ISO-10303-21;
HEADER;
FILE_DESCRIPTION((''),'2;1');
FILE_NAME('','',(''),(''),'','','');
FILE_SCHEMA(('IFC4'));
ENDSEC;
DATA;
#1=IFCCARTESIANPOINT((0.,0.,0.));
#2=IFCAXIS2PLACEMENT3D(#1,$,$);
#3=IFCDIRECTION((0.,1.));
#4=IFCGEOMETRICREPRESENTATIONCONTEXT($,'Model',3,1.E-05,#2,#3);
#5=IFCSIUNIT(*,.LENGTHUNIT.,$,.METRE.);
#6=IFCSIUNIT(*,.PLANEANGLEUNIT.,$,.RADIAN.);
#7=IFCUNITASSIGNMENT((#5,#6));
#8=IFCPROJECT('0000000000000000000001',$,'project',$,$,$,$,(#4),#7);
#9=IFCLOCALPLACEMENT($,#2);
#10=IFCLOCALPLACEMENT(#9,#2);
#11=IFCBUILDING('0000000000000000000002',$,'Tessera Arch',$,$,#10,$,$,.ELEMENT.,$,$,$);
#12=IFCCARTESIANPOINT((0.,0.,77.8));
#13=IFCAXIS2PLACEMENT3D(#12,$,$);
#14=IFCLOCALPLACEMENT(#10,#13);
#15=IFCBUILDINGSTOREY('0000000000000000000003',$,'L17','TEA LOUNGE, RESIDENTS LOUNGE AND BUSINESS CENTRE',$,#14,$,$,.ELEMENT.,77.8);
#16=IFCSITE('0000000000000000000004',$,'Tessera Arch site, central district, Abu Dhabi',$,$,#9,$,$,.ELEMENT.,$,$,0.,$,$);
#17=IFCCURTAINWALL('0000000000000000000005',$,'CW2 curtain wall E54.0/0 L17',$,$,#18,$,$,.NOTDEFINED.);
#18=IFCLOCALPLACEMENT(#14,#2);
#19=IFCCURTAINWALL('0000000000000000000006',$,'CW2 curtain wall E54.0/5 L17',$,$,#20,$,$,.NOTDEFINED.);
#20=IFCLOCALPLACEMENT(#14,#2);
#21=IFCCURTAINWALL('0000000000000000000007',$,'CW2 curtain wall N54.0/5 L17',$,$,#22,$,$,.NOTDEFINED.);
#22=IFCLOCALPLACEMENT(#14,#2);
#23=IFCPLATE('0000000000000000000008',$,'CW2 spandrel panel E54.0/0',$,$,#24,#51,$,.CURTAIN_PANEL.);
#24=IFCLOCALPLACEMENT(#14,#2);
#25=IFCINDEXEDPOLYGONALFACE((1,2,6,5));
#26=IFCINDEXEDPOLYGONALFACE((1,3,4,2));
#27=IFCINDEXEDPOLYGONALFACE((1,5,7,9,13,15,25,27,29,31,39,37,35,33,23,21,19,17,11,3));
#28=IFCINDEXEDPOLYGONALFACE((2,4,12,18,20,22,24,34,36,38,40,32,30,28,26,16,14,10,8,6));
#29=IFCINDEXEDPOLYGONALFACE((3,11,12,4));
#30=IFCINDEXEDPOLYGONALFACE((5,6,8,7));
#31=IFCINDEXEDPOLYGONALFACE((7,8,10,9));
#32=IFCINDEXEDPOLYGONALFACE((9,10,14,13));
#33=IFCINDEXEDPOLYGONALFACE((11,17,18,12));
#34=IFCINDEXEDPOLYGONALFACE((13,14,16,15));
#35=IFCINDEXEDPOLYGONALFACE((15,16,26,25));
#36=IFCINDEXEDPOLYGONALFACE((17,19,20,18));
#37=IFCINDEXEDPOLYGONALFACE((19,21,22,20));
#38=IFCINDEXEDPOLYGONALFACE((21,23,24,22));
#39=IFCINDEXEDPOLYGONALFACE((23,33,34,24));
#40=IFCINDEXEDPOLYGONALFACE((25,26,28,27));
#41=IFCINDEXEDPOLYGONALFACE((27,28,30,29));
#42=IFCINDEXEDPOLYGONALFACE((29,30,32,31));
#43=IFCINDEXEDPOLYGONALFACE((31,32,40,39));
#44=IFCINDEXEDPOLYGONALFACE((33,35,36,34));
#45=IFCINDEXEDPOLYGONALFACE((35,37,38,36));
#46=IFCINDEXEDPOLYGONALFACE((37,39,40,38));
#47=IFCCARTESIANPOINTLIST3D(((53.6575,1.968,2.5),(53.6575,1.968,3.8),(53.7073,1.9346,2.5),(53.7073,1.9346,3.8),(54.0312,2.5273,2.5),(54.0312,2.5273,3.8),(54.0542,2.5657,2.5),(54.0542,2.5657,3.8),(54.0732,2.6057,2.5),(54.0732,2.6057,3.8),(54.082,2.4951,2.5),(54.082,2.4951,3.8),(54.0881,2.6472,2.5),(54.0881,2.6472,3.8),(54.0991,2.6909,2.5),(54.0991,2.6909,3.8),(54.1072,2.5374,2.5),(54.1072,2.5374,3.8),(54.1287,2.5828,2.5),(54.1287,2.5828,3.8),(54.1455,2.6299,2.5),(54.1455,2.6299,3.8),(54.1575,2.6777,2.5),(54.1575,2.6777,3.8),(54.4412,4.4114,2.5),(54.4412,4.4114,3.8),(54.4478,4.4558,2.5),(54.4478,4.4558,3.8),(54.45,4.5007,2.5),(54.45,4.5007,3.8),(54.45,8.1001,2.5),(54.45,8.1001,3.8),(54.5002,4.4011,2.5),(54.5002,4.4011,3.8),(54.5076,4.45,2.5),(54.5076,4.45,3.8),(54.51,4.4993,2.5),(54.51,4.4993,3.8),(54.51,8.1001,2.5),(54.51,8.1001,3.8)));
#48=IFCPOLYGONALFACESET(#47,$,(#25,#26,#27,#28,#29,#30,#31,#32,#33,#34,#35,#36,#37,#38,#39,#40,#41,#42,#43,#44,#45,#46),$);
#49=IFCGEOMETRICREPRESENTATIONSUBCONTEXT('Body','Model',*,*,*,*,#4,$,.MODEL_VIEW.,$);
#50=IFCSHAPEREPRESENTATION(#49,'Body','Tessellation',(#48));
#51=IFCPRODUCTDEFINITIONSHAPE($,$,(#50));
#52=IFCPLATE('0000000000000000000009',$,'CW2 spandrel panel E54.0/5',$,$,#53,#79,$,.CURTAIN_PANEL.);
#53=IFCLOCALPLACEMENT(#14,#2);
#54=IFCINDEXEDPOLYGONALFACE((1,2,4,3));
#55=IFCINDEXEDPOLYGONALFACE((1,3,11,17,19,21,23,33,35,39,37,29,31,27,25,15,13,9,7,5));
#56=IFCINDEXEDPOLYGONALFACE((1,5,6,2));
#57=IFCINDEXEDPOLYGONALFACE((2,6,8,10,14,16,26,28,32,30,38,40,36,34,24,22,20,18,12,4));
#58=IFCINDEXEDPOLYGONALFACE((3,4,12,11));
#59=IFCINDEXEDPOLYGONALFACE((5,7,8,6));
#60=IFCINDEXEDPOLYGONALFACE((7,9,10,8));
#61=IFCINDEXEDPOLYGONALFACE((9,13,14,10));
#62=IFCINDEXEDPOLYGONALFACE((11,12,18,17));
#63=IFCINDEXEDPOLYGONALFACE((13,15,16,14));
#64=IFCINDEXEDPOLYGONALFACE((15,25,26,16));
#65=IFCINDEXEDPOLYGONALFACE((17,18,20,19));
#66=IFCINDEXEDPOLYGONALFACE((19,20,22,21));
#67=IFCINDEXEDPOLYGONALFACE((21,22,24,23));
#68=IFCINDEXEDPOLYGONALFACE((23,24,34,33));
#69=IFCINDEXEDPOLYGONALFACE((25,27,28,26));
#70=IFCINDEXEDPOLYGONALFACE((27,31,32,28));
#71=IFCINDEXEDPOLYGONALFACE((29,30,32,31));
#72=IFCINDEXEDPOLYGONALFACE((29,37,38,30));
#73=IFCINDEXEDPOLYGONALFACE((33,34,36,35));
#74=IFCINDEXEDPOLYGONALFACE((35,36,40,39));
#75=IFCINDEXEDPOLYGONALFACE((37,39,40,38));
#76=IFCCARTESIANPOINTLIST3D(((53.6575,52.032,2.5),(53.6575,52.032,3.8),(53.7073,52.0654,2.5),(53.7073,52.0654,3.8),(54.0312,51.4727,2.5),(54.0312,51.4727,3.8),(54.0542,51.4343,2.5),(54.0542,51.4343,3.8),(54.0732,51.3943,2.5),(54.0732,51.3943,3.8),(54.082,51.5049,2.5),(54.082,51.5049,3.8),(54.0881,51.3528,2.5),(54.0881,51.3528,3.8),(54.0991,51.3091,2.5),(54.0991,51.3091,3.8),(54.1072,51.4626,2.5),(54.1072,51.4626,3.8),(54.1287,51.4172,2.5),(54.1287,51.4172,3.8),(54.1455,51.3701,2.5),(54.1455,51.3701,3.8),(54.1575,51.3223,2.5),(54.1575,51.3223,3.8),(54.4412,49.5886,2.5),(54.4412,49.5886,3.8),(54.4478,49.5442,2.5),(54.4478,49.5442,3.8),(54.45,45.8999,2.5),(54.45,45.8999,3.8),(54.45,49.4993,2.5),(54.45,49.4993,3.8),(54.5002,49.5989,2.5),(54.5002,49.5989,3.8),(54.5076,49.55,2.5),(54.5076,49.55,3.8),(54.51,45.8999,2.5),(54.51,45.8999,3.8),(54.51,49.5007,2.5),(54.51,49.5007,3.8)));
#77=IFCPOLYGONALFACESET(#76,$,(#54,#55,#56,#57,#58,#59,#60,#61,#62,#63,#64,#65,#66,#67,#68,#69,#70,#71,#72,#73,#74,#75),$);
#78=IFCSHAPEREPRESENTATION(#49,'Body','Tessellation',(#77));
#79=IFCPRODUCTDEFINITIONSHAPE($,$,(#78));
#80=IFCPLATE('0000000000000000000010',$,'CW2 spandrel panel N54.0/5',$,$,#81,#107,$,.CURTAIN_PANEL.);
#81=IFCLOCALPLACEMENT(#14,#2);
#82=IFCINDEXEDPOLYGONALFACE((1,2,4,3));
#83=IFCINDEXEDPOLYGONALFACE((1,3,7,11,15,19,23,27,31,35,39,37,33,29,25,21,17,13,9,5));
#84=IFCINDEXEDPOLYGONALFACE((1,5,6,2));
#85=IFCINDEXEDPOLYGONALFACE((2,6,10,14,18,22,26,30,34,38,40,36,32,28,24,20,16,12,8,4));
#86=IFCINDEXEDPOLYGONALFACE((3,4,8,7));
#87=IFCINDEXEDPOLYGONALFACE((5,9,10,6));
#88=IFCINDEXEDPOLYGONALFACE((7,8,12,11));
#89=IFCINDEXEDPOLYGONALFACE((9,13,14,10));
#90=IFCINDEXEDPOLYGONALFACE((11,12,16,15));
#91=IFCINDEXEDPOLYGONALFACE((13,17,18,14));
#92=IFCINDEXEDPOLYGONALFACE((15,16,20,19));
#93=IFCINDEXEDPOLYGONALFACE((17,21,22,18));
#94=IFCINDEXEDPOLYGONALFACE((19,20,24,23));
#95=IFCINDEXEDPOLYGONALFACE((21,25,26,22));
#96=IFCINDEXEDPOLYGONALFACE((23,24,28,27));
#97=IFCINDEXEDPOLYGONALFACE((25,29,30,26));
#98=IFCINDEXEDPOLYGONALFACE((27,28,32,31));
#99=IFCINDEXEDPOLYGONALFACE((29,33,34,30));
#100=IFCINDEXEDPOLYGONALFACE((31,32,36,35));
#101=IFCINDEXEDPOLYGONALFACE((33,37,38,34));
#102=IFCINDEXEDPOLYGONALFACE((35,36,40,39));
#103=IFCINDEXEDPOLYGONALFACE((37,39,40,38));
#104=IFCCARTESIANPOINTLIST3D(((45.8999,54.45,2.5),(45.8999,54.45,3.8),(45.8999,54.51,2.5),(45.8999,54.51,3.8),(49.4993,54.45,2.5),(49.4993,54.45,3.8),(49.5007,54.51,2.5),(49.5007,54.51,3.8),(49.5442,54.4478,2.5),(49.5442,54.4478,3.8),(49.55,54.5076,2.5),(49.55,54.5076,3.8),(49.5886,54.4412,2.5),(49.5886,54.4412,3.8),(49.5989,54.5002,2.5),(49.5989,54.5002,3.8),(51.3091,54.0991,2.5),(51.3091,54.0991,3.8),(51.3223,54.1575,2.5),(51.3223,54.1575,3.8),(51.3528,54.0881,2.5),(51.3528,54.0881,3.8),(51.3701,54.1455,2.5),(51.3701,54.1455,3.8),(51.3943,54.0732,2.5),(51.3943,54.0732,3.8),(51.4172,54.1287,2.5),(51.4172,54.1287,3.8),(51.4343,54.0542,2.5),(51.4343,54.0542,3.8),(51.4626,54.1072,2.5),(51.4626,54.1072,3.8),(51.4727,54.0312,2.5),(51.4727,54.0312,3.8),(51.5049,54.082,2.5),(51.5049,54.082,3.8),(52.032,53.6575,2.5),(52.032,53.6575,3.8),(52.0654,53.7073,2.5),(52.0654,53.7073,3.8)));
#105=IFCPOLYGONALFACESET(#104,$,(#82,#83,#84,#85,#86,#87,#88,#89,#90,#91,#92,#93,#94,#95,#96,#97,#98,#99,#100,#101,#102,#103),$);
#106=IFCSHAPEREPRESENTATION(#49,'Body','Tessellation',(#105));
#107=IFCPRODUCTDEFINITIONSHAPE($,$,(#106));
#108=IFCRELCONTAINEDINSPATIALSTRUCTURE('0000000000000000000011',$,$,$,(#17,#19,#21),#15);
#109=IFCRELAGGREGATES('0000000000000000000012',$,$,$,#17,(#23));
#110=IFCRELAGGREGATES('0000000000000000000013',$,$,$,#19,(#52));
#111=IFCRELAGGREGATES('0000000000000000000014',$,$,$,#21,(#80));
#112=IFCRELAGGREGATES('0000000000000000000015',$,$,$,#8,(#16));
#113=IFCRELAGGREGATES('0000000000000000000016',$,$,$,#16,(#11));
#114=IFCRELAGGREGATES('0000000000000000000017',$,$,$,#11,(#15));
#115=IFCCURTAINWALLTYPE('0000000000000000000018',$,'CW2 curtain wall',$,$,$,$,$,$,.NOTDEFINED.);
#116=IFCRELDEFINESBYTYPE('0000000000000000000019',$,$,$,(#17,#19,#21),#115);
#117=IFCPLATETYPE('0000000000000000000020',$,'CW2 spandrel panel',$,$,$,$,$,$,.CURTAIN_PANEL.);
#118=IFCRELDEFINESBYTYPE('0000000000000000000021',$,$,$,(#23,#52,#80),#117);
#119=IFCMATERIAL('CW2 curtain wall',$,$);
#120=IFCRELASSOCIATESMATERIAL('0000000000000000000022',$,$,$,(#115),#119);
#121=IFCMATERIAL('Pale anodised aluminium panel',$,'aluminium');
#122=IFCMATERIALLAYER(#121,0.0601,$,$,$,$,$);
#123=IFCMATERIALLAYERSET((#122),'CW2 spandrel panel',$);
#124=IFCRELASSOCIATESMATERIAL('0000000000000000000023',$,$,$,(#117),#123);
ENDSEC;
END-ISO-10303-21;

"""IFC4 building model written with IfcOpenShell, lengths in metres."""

from ifc_helpers import new_model, si_unit, direction, frame, origin, place, context, subcontext, project, spatial, polyline, outline, extrude, material, layer, layer_set, type_object, element, aggregate, save


model = new_model("IFC4")

# Units and contexts
model_context = context("Model", 3, precision=1e-05, world=origin(), true_north=direction((0.0, 1.0)))
body_context = subcontext(model_context, "Body", "Model", "MODEL_VIEW")
ifc_project = project(units=[si_unit("LENGTHUNIT", "METRE"), si_unit("PLANEANGLEUNIT", "RADIAN")], contexts=[model_context])

# Site, building, storey
site_placement = place(None, origin())
site = spatial("IfcSite", under=ifc_project, at=site_placement, Name="Tessera Arch site, central district, Abu Dhabi", CompositionType="ELEMENT", RefElevation=0.0)
building_placement = place(site_placement, origin())
building = spatial("IfcBuilding", under=site, at=building_placement, Name="Tessera Arch", CompositionType="ELEMENT")
storey_placement = place(building_placement, frame((0.0, 0.0, 77.8)))
storey = spatial("IfcBuildingStorey", under=building, at=storey_placement, Name="L17", Description="TEA LOUNGE, RESIDENTS LOUNGE AND BUSINESS CENTRE", CompositionType="ELEMENT", Elevation=77.8)

# Curtain walls
ifc_material_1 = material(Name="CW2 curtain wall")
curtain_wall_type = type_object("IfcCurtainWallType", Name="CW2 curtain wall", PredefinedType="NOTDEFINED", material=ifc_material_1)
curtain_wall_1_placement = place(storey_placement, origin())
curtain_wall_1 = element("IfcCurtainWall", 1, at=curtain_wall_1_placement, inside=storey, type_object=curtain_wall_type, Name="CW2 curtain wall E54.0/0 L17", PredefinedType="NOTDEFINED")
curtain_wall_2_placement = place(storey_placement, origin())
curtain_wall_2 = element("IfcCurtainWall", 2, at=curtain_wall_2_placement, inside=storey, type_object=curtain_wall_type, Name="CW2 curtain wall E54.0/5 L17", PredefinedType="NOTDEFINED")
curtain_wall_3_placement = place(storey_placement, origin())
curtain_wall_3 = element("IfcCurtainWall", 3, at=curtain_wall_3_placement, inside=storey, type_object=curtain_wall_type, Name="CW2 curtain wall N54.0/5 L17", PredefinedType="NOTDEFINED")

# Plates
ifc_material_2 = material(Name="Pale anodised aluminium panel", Category="aluminium")
ifc_layer_1 = layer(ifc_material_2, 0.0601)
ifc_layer_set_1 = layer_set([ifc_layer_1], Name="CW2 spandrel panel")
plate_type_1 = type_object("IfcPlateType", Name="CW2 spandrel panel", PredefinedType="CURTAIN_PANEL", material=ifc_layer_set_1)
plate_1_placement = place(storey_placement, frame((0.0, 0.0, 2.5)))
plate_1 = element("IfcPlate", 4, at=plate_1_placement, type_object=plate_type_1, Name="CW2 spandrel panel E54.0/0", PredefinedType="CURTAIN_PANEL", context=body_context, shape_type="SweptSolid", body=[
    extrude(outline(polyline([(54.0312, 2.5273), (53.6575, 1.968), (53.7073, 1.9346), (54.082, 2.4951), (54.1072, 2.5374), (54.1287, 2.5828), (54.1455, 2.6299), (54.1575, 2.6777), (54.5002, 4.4011), (54.5076, 4.45), (54.51, 4.4993), (54.51, 8.1001), (54.45, 8.1001), (54.45, 4.5007), (54.4478, 4.4558), (54.4412, 4.4114), (54.0991, 2.6909), (54.0881, 2.6472), (54.0732, 2.6057), (54.0542, 2.5657), (54.0312, 2.5273)])), origin(), (0.0, 0.0, 1.0), 1.3),
])
aggregate(curtain_wall_1, [plate_1])
plate_2_placement = place(storey_placement, frame((0.0, 0.0, 2.5)))
plate_2 = element("IfcPlate", 5, at=plate_2_placement, type_object=plate_type_1, Name="CW2 spandrel panel E54.0/5", PredefinedType="CURTAIN_PANEL", context=body_context, shape_type="SweptSolid", body=[
    extrude(outline(polyline([(54.45, 49.4993), (54.45, 45.8999), (54.51, 45.8999), (54.51, 49.5007), (54.5076, 49.55), (54.5002, 49.5989), (54.1575, 51.3223), (54.1455, 51.3701), (54.1287, 51.4172), (54.1072, 51.4626), (54.082, 51.5049), (53.7073, 52.0654), (53.6575, 52.032), (54.0312, 51.4727), (54.0542, 51.4343), (54.0732, 51.3943), (54.0881, 51.3528), (54.0991, 51.3091), (54.4412, 49.5886), (54.4478, 49.5442), (54.45, 49.4993)])), origin(), (0.0, 0.0, 1.0), 1.3),
])
aggregate(curtain_wall_2, [plate_2])
plate_3_placement = place(storey_placement, frame((0.0, 0.0, 2.5)))
plate_3 = element("IfcPlate", 6, at=plate_3_placement, type_object=plate_type_1, Name="CW2 spandrel panel N54.0/5", PredefinedType="CURTAIN_PANEL", context=body_context, shape_type="SweptSolid", body=[
    extrude(outline(polyline([(51.4727, 54.0312), (52.032, 53.6575), (52.0654, 53.7073), (51.5049, 54.082), (51.4626, 54.1072), (51.4172, 54.1287), (51.3701, 54.1455), (51.3223, 54.1575), (49.5989, 54.5002), (49.55, 54.5076), (49.5007, 54.51), (45.8999, 54.51), (45.8999, 54.45), (49.4993, 54.45), (49.5442, 54.4478), (49.5886, 54.4412), (51.3091, 54.0991), (51.3528, 54.0881), (51.3943, 54.0732), (51.4343, 54.0542), (51.4727, 54.0312)])), origin(), (0.0, 0.0, 1.0), 1.3),
])
aggregate(curtain_wall_3, [plate_3])

save(model, "model.ifc")
